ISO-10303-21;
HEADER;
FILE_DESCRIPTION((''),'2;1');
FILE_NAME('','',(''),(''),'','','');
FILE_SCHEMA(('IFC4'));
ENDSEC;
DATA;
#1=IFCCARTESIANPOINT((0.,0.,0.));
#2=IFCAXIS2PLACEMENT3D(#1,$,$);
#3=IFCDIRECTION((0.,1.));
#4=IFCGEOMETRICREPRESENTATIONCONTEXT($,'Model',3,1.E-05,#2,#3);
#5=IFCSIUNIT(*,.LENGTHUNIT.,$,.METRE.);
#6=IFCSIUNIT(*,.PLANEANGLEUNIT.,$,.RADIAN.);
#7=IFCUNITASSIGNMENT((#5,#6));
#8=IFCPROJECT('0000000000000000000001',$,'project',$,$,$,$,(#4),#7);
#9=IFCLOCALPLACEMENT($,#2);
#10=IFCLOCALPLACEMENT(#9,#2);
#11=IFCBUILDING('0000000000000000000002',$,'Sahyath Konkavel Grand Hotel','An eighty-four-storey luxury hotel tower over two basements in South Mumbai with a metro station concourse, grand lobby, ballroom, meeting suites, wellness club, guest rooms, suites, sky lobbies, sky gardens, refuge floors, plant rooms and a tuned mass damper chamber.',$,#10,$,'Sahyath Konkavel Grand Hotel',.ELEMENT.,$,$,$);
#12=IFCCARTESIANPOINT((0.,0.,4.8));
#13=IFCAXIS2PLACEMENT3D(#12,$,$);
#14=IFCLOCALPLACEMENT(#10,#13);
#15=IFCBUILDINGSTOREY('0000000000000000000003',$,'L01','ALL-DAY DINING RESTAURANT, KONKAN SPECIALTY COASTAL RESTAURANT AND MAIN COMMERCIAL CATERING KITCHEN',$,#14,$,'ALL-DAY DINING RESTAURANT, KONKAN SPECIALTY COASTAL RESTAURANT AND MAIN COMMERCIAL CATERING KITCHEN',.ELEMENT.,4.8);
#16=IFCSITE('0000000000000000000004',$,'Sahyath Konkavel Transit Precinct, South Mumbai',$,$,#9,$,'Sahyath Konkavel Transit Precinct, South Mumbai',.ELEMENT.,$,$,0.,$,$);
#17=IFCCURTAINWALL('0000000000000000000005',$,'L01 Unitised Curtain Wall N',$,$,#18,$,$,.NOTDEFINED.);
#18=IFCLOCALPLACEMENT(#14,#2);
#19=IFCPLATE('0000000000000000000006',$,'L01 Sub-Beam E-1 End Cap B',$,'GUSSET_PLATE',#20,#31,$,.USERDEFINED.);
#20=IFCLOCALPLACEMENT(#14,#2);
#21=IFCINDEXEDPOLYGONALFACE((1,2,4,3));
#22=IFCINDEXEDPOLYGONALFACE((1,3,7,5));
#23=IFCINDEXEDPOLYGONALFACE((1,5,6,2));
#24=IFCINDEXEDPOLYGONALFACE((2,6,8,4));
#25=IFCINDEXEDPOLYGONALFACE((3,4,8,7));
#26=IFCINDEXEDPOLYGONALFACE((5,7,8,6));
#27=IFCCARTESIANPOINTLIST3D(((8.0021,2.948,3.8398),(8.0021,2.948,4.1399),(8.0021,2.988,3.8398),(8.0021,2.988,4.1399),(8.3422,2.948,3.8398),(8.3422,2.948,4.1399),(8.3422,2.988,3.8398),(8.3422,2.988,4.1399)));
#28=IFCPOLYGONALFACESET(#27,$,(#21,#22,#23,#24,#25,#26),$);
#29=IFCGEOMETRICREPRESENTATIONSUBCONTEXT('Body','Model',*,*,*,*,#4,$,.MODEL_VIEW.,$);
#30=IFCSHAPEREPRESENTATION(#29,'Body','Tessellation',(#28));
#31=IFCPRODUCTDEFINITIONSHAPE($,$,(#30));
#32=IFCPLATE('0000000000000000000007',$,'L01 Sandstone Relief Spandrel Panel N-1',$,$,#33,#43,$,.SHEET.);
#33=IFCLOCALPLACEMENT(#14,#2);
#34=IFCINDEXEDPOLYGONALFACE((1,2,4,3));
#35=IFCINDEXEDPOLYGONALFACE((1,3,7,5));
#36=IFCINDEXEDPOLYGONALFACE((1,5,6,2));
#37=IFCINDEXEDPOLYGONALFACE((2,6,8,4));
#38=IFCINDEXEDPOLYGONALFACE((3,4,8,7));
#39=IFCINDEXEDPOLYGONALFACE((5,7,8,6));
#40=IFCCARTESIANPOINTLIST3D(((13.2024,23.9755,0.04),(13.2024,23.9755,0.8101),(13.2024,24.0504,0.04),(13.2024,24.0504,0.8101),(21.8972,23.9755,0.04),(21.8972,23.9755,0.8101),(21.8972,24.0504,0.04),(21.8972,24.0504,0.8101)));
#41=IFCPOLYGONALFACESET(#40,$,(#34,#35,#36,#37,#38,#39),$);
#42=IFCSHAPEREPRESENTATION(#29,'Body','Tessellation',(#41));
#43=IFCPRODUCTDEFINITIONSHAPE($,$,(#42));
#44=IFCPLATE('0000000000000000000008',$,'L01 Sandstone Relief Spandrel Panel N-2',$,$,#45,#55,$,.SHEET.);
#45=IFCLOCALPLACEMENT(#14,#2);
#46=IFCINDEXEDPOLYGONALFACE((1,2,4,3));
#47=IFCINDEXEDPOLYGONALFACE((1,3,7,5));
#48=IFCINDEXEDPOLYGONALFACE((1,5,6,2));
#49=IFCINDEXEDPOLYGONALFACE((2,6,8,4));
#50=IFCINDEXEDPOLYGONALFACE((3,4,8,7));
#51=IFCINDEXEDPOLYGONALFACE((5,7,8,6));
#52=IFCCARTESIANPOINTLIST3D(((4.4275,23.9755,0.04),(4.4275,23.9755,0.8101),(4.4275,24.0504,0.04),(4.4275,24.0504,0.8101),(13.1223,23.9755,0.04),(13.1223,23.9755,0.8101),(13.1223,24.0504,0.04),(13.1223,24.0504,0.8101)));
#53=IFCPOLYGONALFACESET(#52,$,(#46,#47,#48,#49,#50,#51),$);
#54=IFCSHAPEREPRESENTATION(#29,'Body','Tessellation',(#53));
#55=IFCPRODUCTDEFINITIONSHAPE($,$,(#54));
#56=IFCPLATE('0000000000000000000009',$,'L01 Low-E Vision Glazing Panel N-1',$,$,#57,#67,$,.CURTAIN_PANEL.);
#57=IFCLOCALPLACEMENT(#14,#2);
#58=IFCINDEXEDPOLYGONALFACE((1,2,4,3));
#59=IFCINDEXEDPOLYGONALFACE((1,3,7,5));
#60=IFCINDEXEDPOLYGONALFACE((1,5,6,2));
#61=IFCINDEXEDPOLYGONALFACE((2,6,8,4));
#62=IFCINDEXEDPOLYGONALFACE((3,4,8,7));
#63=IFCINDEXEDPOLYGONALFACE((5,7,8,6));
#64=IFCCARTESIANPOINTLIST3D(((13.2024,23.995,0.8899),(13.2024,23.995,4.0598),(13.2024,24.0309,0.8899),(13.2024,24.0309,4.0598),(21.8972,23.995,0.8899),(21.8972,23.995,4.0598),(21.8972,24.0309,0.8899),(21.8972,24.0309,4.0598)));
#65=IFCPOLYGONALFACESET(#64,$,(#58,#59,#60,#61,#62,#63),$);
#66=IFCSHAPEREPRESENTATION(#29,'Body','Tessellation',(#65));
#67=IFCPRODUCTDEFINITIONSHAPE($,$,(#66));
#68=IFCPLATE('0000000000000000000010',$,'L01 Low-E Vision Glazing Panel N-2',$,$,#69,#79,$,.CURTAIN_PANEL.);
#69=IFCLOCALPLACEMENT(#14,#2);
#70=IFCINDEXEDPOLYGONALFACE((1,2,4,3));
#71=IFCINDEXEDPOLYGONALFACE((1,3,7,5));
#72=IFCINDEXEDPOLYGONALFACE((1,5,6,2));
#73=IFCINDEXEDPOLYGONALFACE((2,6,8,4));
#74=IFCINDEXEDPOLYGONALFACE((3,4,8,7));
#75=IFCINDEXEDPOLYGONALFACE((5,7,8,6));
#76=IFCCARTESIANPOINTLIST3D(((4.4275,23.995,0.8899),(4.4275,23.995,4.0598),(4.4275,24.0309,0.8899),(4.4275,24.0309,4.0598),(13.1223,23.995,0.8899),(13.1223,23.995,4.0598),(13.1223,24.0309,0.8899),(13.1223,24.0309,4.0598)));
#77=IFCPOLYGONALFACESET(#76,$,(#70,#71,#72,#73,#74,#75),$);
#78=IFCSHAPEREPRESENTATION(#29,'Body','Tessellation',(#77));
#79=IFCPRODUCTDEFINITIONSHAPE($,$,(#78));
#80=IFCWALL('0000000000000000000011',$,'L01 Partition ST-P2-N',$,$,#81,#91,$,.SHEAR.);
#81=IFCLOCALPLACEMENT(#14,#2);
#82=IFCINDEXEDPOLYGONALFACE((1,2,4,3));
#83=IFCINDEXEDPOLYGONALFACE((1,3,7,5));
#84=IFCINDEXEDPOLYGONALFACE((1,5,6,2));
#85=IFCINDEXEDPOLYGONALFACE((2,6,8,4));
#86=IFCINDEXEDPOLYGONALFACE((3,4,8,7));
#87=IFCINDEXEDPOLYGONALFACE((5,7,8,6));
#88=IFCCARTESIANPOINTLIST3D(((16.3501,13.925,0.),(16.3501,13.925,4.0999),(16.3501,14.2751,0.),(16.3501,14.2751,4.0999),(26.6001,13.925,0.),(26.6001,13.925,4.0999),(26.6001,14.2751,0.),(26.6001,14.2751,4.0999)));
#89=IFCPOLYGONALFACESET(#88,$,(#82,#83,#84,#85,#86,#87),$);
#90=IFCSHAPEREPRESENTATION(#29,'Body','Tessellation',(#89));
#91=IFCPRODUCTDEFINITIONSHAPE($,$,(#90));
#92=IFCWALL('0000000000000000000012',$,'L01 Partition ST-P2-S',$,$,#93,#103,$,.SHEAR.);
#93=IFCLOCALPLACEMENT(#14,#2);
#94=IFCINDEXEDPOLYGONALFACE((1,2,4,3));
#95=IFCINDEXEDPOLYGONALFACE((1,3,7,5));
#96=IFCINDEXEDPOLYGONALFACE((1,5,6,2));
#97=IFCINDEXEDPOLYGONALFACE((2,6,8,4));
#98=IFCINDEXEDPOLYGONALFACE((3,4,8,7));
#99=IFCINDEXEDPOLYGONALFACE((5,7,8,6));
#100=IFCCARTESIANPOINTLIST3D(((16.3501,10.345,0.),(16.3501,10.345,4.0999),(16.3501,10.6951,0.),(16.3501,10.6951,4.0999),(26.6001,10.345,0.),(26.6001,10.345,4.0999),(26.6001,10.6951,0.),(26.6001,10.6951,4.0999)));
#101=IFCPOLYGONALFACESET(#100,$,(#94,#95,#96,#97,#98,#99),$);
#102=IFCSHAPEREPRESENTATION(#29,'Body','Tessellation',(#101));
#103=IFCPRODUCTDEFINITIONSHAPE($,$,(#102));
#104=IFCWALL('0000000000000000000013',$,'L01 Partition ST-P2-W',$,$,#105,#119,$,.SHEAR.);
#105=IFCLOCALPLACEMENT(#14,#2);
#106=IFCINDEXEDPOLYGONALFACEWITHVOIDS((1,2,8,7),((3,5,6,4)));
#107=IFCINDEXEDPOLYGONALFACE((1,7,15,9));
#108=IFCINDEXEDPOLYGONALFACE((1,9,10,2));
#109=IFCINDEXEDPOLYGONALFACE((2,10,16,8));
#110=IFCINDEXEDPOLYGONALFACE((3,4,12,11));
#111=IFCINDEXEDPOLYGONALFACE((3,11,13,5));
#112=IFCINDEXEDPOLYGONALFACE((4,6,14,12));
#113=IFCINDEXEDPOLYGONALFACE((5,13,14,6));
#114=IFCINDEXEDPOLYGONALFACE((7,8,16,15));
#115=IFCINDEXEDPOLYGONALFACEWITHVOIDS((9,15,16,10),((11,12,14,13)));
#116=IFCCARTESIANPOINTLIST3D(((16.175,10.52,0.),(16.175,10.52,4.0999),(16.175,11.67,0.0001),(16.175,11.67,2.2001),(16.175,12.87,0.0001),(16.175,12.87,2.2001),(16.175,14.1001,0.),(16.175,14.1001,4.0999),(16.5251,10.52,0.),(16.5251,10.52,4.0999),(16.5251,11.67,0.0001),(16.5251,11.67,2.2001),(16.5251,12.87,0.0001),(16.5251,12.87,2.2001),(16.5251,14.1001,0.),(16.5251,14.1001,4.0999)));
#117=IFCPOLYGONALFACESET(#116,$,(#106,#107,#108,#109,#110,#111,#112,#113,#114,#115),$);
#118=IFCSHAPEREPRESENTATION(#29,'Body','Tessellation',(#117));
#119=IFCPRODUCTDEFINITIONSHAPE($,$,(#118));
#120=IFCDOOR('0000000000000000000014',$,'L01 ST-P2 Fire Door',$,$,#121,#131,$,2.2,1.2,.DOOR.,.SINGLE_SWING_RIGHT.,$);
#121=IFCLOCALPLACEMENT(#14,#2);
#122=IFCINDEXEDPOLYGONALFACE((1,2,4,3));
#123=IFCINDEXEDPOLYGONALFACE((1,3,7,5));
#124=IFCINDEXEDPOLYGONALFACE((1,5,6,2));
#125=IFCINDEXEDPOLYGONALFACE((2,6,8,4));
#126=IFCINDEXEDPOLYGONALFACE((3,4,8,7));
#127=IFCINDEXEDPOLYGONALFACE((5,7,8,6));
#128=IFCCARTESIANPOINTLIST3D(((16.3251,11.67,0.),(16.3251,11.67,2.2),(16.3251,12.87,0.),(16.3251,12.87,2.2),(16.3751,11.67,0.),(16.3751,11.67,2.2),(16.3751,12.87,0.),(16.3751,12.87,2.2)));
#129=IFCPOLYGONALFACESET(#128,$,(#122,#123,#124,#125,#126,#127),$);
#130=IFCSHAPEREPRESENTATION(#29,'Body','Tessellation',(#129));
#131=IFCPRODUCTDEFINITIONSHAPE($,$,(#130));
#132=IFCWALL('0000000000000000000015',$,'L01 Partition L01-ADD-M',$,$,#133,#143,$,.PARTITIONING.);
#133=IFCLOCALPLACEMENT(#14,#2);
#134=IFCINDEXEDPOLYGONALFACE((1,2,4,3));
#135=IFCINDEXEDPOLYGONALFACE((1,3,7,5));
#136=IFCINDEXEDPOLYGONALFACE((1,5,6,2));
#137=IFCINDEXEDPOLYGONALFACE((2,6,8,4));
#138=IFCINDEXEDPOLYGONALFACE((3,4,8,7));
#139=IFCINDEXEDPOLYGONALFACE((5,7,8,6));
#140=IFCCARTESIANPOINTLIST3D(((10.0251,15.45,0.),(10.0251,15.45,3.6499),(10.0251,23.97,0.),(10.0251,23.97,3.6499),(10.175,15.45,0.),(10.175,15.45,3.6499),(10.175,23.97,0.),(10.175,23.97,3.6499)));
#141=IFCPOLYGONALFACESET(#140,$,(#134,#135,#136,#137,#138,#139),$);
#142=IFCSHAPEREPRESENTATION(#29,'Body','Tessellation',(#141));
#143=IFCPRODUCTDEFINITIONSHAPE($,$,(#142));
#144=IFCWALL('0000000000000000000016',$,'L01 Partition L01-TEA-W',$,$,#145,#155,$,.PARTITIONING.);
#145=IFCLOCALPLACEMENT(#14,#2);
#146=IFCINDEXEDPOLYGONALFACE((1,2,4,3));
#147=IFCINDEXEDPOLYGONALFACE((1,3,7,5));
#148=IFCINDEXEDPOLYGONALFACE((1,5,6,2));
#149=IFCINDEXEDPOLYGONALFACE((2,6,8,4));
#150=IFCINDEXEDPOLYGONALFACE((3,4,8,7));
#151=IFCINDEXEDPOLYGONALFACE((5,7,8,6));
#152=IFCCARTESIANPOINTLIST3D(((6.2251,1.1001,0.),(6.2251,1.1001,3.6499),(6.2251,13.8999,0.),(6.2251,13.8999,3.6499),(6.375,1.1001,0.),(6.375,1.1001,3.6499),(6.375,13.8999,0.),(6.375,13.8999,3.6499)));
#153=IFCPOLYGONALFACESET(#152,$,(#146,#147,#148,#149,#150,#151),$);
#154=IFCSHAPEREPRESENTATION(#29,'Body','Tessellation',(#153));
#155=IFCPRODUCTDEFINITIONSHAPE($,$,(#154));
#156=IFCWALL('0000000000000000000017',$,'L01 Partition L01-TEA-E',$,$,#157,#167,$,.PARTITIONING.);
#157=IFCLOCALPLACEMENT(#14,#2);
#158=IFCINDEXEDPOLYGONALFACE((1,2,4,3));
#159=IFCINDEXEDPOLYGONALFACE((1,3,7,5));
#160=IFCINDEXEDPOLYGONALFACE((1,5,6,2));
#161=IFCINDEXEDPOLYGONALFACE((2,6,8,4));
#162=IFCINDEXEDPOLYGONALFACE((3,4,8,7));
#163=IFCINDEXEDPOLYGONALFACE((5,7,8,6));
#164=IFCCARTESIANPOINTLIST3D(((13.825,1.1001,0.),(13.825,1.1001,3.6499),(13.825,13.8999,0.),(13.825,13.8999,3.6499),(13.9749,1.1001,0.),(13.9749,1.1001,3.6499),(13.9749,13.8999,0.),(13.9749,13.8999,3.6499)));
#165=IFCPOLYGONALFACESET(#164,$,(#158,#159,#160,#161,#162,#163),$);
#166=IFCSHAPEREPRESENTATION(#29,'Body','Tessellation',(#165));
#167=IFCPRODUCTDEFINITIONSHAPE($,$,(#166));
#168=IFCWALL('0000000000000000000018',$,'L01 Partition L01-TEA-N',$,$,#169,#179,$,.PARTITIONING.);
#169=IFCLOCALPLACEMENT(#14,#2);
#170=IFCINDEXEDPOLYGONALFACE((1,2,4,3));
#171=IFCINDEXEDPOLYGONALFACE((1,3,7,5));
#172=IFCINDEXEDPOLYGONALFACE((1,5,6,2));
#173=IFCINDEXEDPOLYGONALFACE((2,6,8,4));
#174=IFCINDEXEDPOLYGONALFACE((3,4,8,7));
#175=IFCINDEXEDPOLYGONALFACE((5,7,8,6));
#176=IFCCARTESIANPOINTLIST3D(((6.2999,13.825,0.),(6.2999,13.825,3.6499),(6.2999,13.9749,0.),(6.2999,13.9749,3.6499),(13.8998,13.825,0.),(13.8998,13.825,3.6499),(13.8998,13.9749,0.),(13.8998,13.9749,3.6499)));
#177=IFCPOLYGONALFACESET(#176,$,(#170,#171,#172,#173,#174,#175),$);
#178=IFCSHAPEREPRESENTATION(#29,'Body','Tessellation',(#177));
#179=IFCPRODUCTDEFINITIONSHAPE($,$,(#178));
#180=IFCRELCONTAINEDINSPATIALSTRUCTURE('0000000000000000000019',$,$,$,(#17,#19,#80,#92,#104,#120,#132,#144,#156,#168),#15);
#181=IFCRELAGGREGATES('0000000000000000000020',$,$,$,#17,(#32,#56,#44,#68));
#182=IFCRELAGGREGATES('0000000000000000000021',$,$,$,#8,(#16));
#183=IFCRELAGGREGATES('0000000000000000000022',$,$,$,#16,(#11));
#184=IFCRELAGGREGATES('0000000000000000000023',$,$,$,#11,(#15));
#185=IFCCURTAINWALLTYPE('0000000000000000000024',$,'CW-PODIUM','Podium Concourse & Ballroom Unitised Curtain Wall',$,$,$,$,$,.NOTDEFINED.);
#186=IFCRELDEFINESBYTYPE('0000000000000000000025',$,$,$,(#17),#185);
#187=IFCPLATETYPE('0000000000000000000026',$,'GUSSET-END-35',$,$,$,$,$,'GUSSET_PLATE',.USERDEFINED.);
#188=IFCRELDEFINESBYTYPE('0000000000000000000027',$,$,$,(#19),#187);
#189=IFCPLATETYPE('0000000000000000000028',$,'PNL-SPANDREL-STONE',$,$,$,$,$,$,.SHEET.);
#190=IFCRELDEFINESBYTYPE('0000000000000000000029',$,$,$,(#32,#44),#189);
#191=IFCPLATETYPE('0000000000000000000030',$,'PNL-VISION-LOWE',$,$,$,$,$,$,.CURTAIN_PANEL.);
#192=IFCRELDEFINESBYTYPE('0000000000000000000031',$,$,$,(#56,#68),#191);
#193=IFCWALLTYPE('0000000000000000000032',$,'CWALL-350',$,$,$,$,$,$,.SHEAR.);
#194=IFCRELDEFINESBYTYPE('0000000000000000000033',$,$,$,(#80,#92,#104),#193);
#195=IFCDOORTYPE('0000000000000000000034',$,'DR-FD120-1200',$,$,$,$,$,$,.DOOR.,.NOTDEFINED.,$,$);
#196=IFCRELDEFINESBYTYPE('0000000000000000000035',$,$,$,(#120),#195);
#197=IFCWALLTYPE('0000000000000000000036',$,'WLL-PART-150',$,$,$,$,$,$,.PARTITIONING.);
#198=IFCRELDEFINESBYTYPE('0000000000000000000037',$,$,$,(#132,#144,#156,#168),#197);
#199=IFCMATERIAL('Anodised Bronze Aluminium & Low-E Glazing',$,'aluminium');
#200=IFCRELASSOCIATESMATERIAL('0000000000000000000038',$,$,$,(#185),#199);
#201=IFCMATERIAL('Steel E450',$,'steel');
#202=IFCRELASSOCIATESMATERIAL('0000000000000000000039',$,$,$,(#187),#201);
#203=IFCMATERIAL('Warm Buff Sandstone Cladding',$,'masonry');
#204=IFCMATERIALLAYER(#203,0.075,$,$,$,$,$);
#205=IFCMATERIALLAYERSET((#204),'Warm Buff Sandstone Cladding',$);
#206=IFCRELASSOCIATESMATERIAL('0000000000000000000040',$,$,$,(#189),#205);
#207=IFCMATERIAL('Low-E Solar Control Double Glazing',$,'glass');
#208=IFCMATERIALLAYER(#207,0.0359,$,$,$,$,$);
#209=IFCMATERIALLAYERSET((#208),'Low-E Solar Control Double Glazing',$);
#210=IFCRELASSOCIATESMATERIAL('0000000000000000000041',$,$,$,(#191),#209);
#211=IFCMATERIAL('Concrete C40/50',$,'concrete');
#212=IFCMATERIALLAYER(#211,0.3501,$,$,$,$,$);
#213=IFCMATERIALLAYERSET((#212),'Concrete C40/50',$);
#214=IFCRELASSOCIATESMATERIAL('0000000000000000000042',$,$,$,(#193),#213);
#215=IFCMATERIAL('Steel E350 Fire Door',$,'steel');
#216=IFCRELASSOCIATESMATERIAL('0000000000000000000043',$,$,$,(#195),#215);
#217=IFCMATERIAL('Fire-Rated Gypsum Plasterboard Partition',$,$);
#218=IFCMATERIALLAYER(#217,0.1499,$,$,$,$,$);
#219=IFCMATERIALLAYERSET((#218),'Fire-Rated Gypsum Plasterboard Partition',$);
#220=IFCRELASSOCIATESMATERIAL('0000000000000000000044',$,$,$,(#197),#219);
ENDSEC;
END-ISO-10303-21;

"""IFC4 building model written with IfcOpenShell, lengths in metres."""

from ifc_helpers import new_model, si_unit, direction, frame, frame_2d, origin, origin_2d, place, context, subcontext, project, spatial, rectangle, extrude, source, transform, mapped, material, layer, layer_set, type_object, element, fill, aggregate, save


model = new_model("IFC4")

# Units and contexts
model_context = context("Model", 3, precision=1e-05, world=origin(), true_north=direction((0.0, 1.0)))
body_context = subcontext(model_context, "Body", "Model", "MODEL_VIEW")
ifc_project = project(units=[si_unit("LENGTHUNIT", "METRE"), si_unit("PLANEANGLEUNIT", "RADIAN")], contexts=[model_context])

# Site, building, storey
site_placement = place(None, origin())
site = spatial("IfcSite", under=ifc_project, at=site_placement, Name="Sahyath Konkavel Transit Precinct, South Mumbai", LongName="Sahyath Konkavel Transit Precinct, South Mumbai", CompositionType="ELEMENT", RefElevation=0.0)
building_placement = place(site_placement, origin())
building = spatial("IfcBuilding", under=site, at=building_placement, Name="Sahyath Konkavel Grand Hotel", Description="An eighty-four-storey luxury hotel tower over two basements in South Mumbai with a metro station concourse, grand lobby, ballroom, meeting suites, wellness club, guest rooms, suites, sky lobbies, sky gardens, refuge floors, plant rooms and a tuned mass damper chamber.", LongName="Sahyath Konkavel Grand Hotel", CompositionType="ELEMENT")
storey_placement = place(building_placement, frame((0.0, 0.0, 4.8)))
storey = spatial("IfcBuildingStorey", under=building, at=storey_placement, Name="L01", Description="ALL-DAY DINING RESTAURANT, KONKAN SPECIALTY COASTAL RESTAURANT AND MAIN COMMERCIAL CATERING KITCHEN", LongName="ALL-DAY DINING RESTAURANT, KONKAN SPECIALTY COASTAL RESTAURANT AND MAIN COMMERCIAL CATERING KITCHEN", CompositionType="ELEMENT", Elevation=4.8)

# Curtain wall
ifc_material_1 = material(Name="Anodised Bronze Aluminium & Low-E Glazing", Category="aluminium")
curtain_wall_type = type_object("IfcCurtainWallType", Name="CW-PODIUM", Description="Podium Concourse & Ballroom Unitised Curtain Wall", PredefinedType="NOTDEFINED", material=ifc_material_1)
curtain_wall_placement = place(storey_placement, origin())
curtain_wall = element("IfcCurtainWall", 1, at=curtain_wall_placement, inside=storey, type_object=curtain_wall_type, Name="L01 Unitised Curtain Wall N", PredefinedType="NOTDEFINED")

# Plates
ifc_material_2 = material(Name="Steel E450", Category="steel")
plate_type_1 = type_object("IfcPlateType", Name="GUSSET-END-35", ElementType="GUSSET_PLATE", PredefinedType="USERDEFINED", material=ifc_material_2)
shared_shape_1 = source(origin(), body_context, "Body", "SweptSolid", [
    extrude(rectangle(XDim=0.04, YDim=0.3401, at=origin_2d()), origin(), (0.0, 0.0, 1.0), 0.3),
])
plate_1_placement = place(storey_placement, frame((8.1721, 2.968, 3.8398), z_axis=(0.0, 0.0, 1.0), x_axis=(0.0, 1.0, 0.0)))
element("IfcPlate", 2, at=plate_1_placement, inside=storey, type_object=plate_type_1, Name="L01 Sub-Beam E-1 End Cap B", ObjectType="GUSSET_PLATE", PredefinedType="USERDEFINED", context=body_context, shape_type="MappedRepresentation", body=[
    mapped(shared_shape_1, transform((0.0, 0.0, 0.0), scale=1.0)),
])
ifc_material_3 = material(Name="Warm Buff Sandstone Cladding", Category="masonry")
ifc_layer_1 = layer(ifc_material_3, 0.075)
ifc_layer_set_1 = layer_set([ifc_layer_1], Name="Warm Buff Sandstone Cladding")
plate_type_2 = type_object("IfcPlateType", Name="PNL-SPANDREL-STONE", PredefinedType="SHEET", material=ifc_layer_set_1)
shared_shape_2 = source(origin(), body_context, "Body", "SweptSolid", [
    extrude(rectangle(XDim=8.6948, YDim=0.075, at=origin_2d()), origin(), (0.0, 0.0, 1.0), 0.77),
])
plate_2_placement = place(storey_placement, frame((17.5498, 24.0129, 0.04), z_axis=(0.0, 0.0, 1.0), x_axis=(-1.0, 0.0, 0.0)))
plate_2 = element("IfcPlate", 3, at=plate_2_placement, type_object=plate_type_2, Name="L01 Sandstone Relief Spandrel Panel N-1", PredefinedType="SHEET", context=body_context, shape_type="MappedRepresentation", body=[
    mapped(shared_shape_2, transform((0.0, 0.0, 0.0), scale=1.0)),
])
plate_3_placement = place(storey_placement, frame((8.7749, 24.0129, 0.04), z_axis=(0.0, 0.0, 1.0), x_axis=(-1.0, 0.0, 0.0)))
plate_3 = element("IfcPlate", 4, at=plate_3_placement, type_object=plate_type_2, Name="L01 Sandstone Relief Spandrel Panel N-2", PredefinedType="SHEET", context=body_context, shape_type="MappedRepresentation", body=[
    mapped(shared_shape_2, transform((0.0, 0.0, 0.0), scale=1.0)),
])
ifc_material_4 = material(Name="Low-E Solar Control Double Glazing", Category="glass")
ifc_layer_2 = layer(ifc_material_4, 0.0359)
ifc_layer_set_2 = layer_set([ifc_layer_2], Name="Low-E Solar Control Double Glazing")
plate_type_3 = type_object("IfcPlateType", Name="PNL-VISION-LOWE", PredefinedType="CURTAIN_PANEL", material=ifc_layer_set_2)
shared_shape_3 = source(origin(), body_context, "Body", "SweptSolid", [
    extrude(rectangle(XDim=8.6948, YDim=0.0359, at=origin_2d()), origin(), (0.0, 0.0, 1.0), 3.1699),
])
plate_4_placement = place(storey_placement, frame((17.5498, 24.0129, 0.8899), z_axis=(0.0, 0.0, 1.0), x_axis=(-1.0, 0.0, 0.0)))
plate_4 = element("IfcPlate", 5, at=plate_4_placement, type_object=plate_type_3, Name="L01 Low-E Vision Glazing Panel N-1", PredefinedType="CURTAIN_PANEL", context=body_context, shape_type="MappedRepresentation", body=[
    mapped(shared_shape_3, transform((0.0, 0.0, 0.0), scale=1.0)),
])
plate_5_placement = place(storey_placement, frame((8.7749, 24.0129, 0.8899), z_axis=(0.0, 0.0, 1.0), x_axis=(-1.0, 0.0, 0.0)))
plate_5 = element("IfcPlate", 6, at=plate_5_placement, type_object=plate_type_3, Name="L01 Low-E Vision Glazing Panel N-2", PredefinedType="CURTAIN_PANEL", context=body_context, shape_type="MappedRepresentation", body=[
    mapped(shared_shape_3, transform((0.0, 0.0, 0.0), scale=1.0)),
])
aggregate(curtain_wall, [plate_2, plate_4, plate_3, plate_5])

# Walls
ifc_material_5 = material(Name="Concrete C40/50", Category="concrete")
ifc_layer_3 = layer(ifc_material_5, 0.3501)
ifc_layer_set_3 = layer_set([ifc_layer_3], Name="Concrete C40/50")
wall_type_1 = type_object("IfcWallType", Name="CWALL-350", PredefinedType="SHEAR", material=ifc_layer_set_3)
for number, where, z_axis, x_axis, name in (
    (7, (16.3501, 14.1001, 0.0), (0.0, 0.0, 1.0), (1.0, 0.0, 0.0), "L01 Partition ST-P2-N"),
    (8, (16.3501, 10.52, 0.0), (0.0, 0.0, 1.0), (1.0, 0.0, 0.0), "L01 Partition ST-P2-S"),
):
    element("IfcWall", number, at=place(storey_placement, frame(where, z_axis=z_axis, x_axis=x_axis)), inside=storey, type_object=wall_type_1, Name=name, PredefinedType="SHEAR", context=body_context, shape_type="SweptSolid", body=[
        extrude(rectangle(XDim=10.25, YDim=0.3501, at=frame_2d((5.125, 0.0))), origin(), (0.0, 0.0, 1.0), 4.0999),
    ])

# Wall, opening, door
wall_1_placement = place(storey_placement, frame((16.3501, 10.52, 0.0), z_axis=(0.0, 0.0, 1.0), x_axis=(0.0, 1.0, 0.0)))
wall_1 = element("IfcWall", 9, at=wall_1_placement, inside=storey, type_object=wall_type_1, Name="L01 Partition ST-P2-W", PredefinedType="SHEAR", context=body_context, shape_type="SweptSolid", body=[
    extrude(rectangle(XDim=3.5801, YDim=0.3501, at=frame_2d((1.79, 0.0))), origin(), (0.0, 0.0, 1.0), 4.0999),
])
opening_placement = place(wall_1_placement, frame((1.1499, 0.0, 0.0)))
opening = element("IfcOpeningElement", 10, at=opening_placement, cuts=wall_1, PredefinedType="OPENING", context=body_context, shape_type="SweptSolid", body=[
    extrude(rectangle(XDim=1.2, YDim=2.2, at=frame_2d((0.6001, 1.1001))), frame((0.0, 0.1851, 0.0), z_axis=(0.0, -1.0, 0.0), x_axis=(1.0, 0.0, 0.0)), (0.0, 0.0, 1.0), 0.3701),
])
ifc_material_6 = material(Name="Steel E350 Fire Door", Category="steel")
door_type = type_object("IfcDoorType", Name="DR-FD120-1200", OperationType="NOTDEFINED", PredefinedType="DOOR", material=ifc_material_6)
shared_shape_4 = source(origin(), body_context, "Body", "SweptSolid", [
    extrude(rectangle(XDim=1.2, YDim=0.05, at=origin_2d()), origin(), (0.0, 0.0, 1.0), 2.2),
])
door_placement = place(opening_placement, frame((0.6001, 0.0, 0.0)))
door = element("IfcDoor", 11, at=door_placement, inside=storey, type_object=door_type, Name="L01 ST-P2 Fire Door", OperationType="SINGLE_SWING_RIGHT", OverallHeight=2.2, OverallWidth=1.2, PredefinedType="DOOR", context=body_context, shape_type="MappedRepresentation", body=[
    mapped(shared_shape_4, transform((0.0, 0.0, 0.0), scale=1.0)),
])
fill(opening, door)

# Walls
ifc_material_7 = material(Name="Fire-Rated Gypsum Plasterboard Partition")
ifc_layer_4 = layer(ifc_material_7, 0.1499)
ifc_layer_set_4 = layer_set([ifc_layer_4], Name="Fire-Rated Gypsum Plasterboard Partition")
wall_type_2 = type_object("IfcWallType", Name="WLL-PART-150", PredefinedType="PARTITIONING", material=ifc_layer_set_4)
wall_2_placement = place(storey_placement, frame((10.1001, 15.45, 0.0), z_axis=(0.0, 0.0, 1.0), x_axis=(0.0, 1.0, 0.0)))
element("IfcWall", 12, at=wall_2_placement, inside=storey, type_object=wall_type_2, Name="L01 Partition L01-ADD-M", PredefinedType="PARTITIONING", context=body_context, shape_type="SweptSolid", body=[
    extrude(rectangle(XDim=8.52, YDim=0.1499, at=frame_2d((4.26, 0.0))), origin(), (0.0, 0.0, 1.0), 3.6499),
])
for number, where, z_axis, x_axis, name in (
    (13, (6.3, 1.1001, 0.0), (0.0, 0.0, 1.0), (0.0, 1.0, 0.0), "L01 Partition L01-TEA-W"),
    (14, (13.8999, 1.1001, 0.0), (0.0, 0.0, 1.0), (0.0, 1.0, 0.0), "L01 Partition L01-TEA-E"),
):
    element("IfcWall", number, at=place(storey_placement, frame(where, z_axis=z_axis, x_axis=x_axis)), inside=storey, type_object=wall_type_2, Name=name, PredefinedType="PARTITIONING", context=body_context, shape_type="SweptSolid", body=[
        extrude(rectangle(XDim=12.7998, YDim=0.1499, at=frame_2d((6.3999, 0.0))), origin(), (0.0, 0.0, 1.0), 3.6499),
    ])
wall_3_placement = place(storey_placement, frame((6.3, 13.8999, 0.0), z_axis=(0.0, 0.0, 1.0), x_axis=(1.0, 0.0, 0.0)))
element("IfcWall", 15, at=wall_3_placement, inside=storey, type_object=wall_type_2, Name="L01 Partition L01-TEA-N", PredefinedType="PARTITIONING", context=body_context, shape_type="SweptSolid", body=[
    extrude(rectangle(XDim=7.5999, YDim=0.1499, at=frame_2d((3.7998, 0.0))), origin(), (0.0, 0.0, 1.0), 3.6499),
])

save(model, "model.ifc")
